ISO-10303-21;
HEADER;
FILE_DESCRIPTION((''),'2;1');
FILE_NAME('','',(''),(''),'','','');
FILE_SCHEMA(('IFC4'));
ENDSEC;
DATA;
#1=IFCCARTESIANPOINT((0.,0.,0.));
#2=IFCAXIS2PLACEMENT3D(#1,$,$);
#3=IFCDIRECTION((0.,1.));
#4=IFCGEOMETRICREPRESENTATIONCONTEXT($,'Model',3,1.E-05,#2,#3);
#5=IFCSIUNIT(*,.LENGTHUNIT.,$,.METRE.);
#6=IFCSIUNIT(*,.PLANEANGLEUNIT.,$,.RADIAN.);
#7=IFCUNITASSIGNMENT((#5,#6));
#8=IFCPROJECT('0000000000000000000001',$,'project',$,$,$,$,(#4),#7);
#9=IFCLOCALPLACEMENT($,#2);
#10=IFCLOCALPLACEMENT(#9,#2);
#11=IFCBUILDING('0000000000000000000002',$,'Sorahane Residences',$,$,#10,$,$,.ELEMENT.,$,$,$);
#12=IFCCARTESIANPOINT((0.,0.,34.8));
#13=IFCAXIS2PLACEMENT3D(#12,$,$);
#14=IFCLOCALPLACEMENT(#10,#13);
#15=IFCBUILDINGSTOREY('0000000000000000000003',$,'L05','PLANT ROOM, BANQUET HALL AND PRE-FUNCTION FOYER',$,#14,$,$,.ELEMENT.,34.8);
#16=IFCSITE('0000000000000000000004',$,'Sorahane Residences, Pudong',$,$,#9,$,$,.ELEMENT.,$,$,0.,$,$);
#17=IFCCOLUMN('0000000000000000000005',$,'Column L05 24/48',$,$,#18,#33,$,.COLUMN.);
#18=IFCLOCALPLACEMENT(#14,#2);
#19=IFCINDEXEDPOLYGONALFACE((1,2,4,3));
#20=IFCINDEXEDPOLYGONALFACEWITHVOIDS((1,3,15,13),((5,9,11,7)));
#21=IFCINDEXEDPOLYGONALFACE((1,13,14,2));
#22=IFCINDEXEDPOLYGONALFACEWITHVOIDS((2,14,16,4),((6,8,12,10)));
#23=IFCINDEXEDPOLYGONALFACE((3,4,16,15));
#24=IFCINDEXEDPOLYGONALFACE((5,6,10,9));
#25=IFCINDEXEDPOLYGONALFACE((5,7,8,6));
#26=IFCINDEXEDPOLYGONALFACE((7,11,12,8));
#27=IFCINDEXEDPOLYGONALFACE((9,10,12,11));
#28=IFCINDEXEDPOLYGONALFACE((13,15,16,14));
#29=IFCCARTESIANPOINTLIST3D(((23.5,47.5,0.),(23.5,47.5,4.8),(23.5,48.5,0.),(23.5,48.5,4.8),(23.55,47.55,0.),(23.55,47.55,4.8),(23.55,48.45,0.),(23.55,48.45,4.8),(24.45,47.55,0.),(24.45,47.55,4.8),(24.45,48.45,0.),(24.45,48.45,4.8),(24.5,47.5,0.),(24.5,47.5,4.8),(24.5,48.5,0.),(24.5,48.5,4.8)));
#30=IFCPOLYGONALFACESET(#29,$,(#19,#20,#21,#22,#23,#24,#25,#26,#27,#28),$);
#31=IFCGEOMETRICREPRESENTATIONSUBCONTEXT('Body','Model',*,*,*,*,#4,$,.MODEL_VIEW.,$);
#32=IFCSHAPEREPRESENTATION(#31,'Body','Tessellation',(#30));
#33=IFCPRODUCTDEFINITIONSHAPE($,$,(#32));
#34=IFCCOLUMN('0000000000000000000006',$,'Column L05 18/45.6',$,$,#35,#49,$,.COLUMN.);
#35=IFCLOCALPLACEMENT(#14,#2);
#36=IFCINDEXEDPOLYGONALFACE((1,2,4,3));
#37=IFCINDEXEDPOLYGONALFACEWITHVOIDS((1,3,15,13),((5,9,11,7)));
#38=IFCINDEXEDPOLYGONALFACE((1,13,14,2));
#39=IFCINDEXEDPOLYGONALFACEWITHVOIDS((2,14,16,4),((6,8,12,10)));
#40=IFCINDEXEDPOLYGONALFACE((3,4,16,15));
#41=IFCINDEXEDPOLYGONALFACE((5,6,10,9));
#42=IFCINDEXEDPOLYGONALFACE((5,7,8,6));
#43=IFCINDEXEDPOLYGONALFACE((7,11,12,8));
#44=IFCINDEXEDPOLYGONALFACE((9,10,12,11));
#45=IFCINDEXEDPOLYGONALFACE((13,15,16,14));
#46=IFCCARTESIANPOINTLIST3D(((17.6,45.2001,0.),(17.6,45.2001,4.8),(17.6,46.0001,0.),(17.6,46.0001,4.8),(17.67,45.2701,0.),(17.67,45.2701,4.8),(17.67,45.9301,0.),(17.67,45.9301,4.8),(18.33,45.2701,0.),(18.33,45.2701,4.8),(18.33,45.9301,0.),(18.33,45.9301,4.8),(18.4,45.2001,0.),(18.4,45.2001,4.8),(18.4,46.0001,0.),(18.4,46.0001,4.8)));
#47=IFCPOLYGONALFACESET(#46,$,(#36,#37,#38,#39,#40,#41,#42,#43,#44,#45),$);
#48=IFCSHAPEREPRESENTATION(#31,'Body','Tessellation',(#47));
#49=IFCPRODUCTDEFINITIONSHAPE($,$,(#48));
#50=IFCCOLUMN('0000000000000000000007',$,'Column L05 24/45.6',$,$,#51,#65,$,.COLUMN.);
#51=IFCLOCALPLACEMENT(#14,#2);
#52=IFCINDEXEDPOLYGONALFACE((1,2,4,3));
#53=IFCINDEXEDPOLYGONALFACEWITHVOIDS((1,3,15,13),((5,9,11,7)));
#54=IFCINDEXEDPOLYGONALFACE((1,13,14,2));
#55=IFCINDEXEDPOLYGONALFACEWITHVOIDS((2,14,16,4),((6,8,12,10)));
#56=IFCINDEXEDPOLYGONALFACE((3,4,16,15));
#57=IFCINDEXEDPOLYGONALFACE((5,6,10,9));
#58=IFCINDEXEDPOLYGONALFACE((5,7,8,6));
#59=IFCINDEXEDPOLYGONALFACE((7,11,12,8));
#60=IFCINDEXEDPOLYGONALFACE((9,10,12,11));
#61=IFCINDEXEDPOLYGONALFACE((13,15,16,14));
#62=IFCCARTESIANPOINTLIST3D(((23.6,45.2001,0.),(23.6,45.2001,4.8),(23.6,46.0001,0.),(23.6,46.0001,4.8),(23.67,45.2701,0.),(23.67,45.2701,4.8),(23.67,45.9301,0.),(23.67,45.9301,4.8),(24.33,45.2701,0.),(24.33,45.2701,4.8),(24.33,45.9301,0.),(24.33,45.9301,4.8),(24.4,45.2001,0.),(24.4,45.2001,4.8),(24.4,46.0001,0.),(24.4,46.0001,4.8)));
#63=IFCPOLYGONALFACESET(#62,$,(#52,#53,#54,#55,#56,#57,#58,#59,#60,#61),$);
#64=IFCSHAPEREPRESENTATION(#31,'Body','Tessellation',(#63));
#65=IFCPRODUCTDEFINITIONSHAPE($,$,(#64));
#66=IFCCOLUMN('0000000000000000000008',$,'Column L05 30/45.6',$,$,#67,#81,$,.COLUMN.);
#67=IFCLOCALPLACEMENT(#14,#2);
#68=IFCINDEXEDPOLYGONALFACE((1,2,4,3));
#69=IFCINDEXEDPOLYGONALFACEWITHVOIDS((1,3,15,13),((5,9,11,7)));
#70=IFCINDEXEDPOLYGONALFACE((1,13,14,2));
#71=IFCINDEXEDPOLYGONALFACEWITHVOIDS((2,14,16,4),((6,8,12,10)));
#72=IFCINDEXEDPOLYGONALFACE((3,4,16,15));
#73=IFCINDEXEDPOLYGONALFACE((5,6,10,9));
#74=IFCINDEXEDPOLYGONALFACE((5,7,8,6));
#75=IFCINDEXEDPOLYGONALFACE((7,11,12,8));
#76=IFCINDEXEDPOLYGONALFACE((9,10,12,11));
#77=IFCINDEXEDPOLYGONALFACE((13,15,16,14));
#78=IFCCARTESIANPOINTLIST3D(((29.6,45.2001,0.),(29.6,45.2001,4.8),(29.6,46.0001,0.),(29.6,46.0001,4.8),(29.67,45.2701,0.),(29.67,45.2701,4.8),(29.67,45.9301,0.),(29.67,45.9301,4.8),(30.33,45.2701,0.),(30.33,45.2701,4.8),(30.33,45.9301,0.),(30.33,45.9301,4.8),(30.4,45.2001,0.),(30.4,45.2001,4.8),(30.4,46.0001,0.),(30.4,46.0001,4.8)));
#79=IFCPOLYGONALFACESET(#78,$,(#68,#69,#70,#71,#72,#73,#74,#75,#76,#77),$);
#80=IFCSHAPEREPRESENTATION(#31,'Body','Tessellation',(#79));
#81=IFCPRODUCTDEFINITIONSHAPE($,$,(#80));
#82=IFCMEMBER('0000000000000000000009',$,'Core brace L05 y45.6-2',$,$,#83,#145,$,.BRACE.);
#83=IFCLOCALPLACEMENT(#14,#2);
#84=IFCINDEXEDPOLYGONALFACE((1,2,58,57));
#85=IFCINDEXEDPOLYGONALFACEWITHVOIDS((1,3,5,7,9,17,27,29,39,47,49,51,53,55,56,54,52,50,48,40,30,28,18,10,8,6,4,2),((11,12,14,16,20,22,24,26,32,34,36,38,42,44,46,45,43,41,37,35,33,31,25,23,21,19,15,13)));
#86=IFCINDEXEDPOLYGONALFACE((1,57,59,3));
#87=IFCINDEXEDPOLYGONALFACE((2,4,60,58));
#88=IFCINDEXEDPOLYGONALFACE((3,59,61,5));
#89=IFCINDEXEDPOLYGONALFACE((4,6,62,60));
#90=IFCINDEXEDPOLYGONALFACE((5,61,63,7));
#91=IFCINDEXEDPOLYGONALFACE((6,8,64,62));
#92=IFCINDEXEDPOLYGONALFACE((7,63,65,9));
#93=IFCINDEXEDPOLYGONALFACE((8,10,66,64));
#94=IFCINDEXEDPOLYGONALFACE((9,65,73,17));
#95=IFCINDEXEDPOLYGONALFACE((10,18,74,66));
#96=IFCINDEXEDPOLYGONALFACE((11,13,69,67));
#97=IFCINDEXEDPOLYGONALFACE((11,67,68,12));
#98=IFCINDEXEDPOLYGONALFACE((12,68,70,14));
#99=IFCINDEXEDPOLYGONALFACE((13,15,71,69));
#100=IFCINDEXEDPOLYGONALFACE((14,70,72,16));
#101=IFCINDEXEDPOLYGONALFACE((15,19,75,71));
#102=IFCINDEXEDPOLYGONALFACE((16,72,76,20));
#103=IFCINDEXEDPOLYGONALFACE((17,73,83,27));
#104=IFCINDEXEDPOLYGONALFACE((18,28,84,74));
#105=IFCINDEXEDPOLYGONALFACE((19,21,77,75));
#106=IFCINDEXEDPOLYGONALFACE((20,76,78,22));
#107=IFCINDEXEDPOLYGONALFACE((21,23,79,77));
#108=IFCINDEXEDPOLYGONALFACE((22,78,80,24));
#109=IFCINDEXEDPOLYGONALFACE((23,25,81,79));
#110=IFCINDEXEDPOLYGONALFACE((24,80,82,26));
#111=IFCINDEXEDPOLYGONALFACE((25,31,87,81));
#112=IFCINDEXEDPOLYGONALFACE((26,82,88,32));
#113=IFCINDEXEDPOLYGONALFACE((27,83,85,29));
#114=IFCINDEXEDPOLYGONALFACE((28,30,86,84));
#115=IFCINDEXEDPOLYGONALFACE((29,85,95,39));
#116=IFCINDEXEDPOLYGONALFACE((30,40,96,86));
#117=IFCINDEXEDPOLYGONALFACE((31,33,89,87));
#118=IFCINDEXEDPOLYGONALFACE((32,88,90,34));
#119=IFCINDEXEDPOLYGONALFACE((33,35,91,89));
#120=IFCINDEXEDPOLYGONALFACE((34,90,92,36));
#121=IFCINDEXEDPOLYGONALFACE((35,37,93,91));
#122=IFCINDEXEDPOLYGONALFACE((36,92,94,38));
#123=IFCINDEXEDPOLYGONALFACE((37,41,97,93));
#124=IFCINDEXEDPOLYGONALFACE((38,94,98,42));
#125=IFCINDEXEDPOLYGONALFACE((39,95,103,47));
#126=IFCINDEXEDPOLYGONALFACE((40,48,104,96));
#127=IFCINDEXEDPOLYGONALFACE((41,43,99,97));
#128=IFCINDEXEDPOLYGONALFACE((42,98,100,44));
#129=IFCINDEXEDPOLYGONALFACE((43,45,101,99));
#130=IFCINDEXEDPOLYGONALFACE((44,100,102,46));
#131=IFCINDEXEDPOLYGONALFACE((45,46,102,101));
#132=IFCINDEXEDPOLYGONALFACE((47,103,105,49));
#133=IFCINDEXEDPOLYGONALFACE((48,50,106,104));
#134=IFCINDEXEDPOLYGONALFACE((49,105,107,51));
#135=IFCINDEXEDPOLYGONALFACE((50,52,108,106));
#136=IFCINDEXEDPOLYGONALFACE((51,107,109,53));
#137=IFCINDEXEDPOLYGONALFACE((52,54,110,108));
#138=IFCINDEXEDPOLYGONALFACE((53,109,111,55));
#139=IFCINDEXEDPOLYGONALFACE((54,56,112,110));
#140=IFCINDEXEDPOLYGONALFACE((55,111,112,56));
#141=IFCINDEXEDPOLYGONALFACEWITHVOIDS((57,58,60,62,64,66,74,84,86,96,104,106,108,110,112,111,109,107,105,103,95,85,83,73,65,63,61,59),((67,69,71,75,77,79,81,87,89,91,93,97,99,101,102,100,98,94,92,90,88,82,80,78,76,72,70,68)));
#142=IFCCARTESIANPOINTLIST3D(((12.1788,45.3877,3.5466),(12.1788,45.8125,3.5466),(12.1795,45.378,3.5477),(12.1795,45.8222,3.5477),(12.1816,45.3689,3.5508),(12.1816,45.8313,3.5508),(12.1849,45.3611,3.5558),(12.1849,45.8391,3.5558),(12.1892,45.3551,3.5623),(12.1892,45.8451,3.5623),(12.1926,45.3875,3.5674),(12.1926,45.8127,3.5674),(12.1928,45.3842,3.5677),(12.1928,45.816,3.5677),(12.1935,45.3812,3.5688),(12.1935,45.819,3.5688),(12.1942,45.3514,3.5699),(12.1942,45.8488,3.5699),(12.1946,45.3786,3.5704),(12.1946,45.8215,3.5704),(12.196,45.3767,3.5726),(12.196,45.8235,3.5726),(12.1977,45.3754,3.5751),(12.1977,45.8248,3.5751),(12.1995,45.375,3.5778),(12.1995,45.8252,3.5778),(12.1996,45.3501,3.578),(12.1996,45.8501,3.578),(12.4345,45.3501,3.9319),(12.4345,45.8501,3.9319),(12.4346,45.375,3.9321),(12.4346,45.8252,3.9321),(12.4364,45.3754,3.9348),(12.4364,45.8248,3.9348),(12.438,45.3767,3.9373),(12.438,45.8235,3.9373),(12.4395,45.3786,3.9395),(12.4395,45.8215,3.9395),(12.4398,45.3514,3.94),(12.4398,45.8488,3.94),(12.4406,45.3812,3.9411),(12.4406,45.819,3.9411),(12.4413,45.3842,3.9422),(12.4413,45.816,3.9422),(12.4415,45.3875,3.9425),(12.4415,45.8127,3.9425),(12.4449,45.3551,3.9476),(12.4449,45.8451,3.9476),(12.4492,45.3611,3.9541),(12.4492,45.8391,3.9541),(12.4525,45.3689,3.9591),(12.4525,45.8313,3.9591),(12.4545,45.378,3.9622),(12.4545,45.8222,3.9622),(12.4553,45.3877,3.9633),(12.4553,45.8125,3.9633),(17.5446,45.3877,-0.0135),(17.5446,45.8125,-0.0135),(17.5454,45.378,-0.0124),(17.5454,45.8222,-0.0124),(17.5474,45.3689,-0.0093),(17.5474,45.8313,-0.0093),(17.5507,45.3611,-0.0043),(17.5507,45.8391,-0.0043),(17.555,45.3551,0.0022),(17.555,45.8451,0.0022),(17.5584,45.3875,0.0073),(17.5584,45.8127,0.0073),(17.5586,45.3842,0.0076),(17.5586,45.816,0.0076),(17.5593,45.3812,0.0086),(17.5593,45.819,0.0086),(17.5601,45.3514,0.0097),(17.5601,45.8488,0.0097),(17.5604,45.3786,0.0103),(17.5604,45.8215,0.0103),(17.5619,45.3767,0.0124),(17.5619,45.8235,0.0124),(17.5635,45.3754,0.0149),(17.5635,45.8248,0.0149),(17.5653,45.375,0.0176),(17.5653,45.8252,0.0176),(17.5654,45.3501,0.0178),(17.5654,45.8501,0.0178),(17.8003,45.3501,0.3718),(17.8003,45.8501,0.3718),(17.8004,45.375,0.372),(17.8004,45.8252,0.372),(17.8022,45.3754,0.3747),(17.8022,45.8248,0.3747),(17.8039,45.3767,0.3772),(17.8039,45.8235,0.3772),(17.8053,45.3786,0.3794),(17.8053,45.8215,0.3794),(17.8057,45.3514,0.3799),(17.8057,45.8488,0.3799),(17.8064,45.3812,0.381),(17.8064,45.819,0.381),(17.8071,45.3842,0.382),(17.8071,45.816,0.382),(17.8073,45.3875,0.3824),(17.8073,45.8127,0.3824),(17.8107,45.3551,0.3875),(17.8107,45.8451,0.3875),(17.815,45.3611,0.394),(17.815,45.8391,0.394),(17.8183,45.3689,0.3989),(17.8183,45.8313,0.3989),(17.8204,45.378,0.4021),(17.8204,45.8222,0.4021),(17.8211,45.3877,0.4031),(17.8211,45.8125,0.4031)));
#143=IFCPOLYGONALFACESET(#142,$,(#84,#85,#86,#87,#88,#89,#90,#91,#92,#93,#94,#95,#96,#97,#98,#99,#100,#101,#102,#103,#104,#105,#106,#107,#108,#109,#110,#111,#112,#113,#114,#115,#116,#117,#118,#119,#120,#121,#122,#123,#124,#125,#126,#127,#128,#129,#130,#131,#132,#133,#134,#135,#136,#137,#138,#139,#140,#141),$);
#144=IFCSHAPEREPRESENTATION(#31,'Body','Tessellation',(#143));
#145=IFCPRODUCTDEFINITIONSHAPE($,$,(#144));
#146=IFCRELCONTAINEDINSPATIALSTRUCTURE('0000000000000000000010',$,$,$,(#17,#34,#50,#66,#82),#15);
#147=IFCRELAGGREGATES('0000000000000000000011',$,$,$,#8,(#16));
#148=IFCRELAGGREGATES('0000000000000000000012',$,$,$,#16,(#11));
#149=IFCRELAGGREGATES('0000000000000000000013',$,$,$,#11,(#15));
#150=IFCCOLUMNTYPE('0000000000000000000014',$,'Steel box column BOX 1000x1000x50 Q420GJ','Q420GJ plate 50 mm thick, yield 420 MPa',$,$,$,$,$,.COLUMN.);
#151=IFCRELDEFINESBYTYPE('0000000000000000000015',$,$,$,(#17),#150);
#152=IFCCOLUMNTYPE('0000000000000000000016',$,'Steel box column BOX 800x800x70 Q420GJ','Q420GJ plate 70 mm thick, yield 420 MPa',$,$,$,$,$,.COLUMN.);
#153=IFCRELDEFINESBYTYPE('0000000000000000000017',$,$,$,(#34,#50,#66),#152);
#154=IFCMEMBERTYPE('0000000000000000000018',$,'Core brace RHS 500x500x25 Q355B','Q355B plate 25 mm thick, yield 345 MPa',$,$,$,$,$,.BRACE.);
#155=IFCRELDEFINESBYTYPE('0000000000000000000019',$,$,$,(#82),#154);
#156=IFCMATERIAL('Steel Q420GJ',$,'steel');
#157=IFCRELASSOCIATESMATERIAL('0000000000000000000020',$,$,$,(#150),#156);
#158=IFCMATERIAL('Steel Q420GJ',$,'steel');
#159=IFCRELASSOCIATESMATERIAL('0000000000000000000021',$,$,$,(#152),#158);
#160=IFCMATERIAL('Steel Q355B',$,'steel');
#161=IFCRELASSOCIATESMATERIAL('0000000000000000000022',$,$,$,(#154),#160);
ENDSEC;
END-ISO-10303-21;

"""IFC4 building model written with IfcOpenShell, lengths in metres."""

from ifc_helpers import new_model, si_unit, direction, frame, origin, origin_2d, place, context, subcontext, project, spatial, hollow_rectangle, extrude, material, material_profile, profile_set, type_object, element, save


model = new_model("IFC4")

# Units and contexts
model_context = context("Model", 3, precision=1e-05, world=origin(), true_north=direction((0.0, 1.0)))
body_context = subcontext(model_context, "Body", "Model", "MODEL_VIEW")
ifc_project = project(units=[si_unit("LENGTHUNIT", "METRE"), si_unit("PLANEANGLEUNIT", "RADIAN")], contexts=[model_context])

# Site, building, storey
site_placement = place(None, origin())
site = spatial("IfcSite", under=ifc_project, at=site_placement, Name="Sorahane Residences, Pudong", CompositionType="ELEMENT", RefElevation=0.0)
building_placement = place(site_placement, origin())
building = spatial("IfcBuilding", under=site, at=building_placement, Name="Sorahane Residences", CompositionType="ELEMENT")
storey_placement = place(building_placement, frame((0.0, 0.0, 34.8)))
storey = spatial("IfcBuildingStorey", under=building, at=storey_placement, Name="L05", Description="PLANT ROOM, BANQUET HALL AND PRE-FUNCTION FOYER", CompositionType="ELEMENT", Elevation=34.8)

# Columns
ifc_material_1 = material(Name="Steel Q420GJ", Category="steel")
ifc_material_profile_1 = material_profile(ifc_material_1, hollow_rectangle(XDim=1.0, YDim=1.0, WallThickness=0.05, at=origin_2d()), Name="BOX 1000x1000x50")
ifc_profile_set_1 = profile_set([ifc_material_profile_1], Name="Steel Q420GJ")
column_type_1 = type_object("IfcColumnType", Name="Steel box column BOX 1000x1000x50 Q420GJ", Description="Q420GJ plate 50 mm thick, yield 420 MPa", PredefinedType="COLUMN", material=ifc_profile_set_1)
column_placement = place(storey_placement, frame((24.0, 48.0, 0.0), z_axis=(0.0, 0.0, 1.0), x_axis=(1.0, 0.0, 0.0)))
element("IfcColumn", 1, at=column_placement, inside=storey, type_object=column_type_1, Name="Column L05 24/48", PredefinedType="COLUMN", context=body_context, shape_type="SweptSolid", body=[
    extrude(hollow_rectangle(XDim=1.0, YDim=1.0, WallThickness=0.05, at=origin_2d()), origin(), (0.0, 0.0, 1.0), 4.8),
])
ifc_material_2 = material(Name="Steel Q420GJ", Category="steel")
ifc_material_profile_2 = material_profile(ifc_material_2, hollow_rectangle(XDim=0.8, YDim=0.8, WallThickness=0.0701, at=origin_2d()), Name="BOX 800x800x70")
ifc_profile_set_2 = profile_set([ifc_material_profile_2], Name="Steel Q420GJ")
column_type_2 = type_object("IfcColumnType", Name="Steel box column BOX 800x800x70 Q420GJ", Description="Q420GJ plate 70 mm thick, yield 420 MPa", PredefinedType="COLUMN", material=ifc_profile_set_2)
for number, where, z_axis, x_axis, name in (
    (2, (18.0, 45.6001, 0.0), (0.0, 0.0, 1.0), (1.0, 0.0, 0.0), "Column L05 18/45.6"),
    (3, (24.0, 45.6001, 0.0), (0.0, 0.0, 1.0), (1.0, 0.0, 0.0), "Column L05 24/45.6"),
    (4, (30.0, 45.6001, 0.0), (0.0, 0.0, 1.0), (1.0, 0.0, 0.0), "Column L05 30/45.6"),
):
    element("IfcColumn", number, at=place(storey_placement, frame(where, z_axis=z_axis, x_axis=x_axis)), inside=storey, type_object=column_type_2, Name=name, PredefinedType="COLUMN", context=body_context, shape_type="SweptSolid", body=[
        extrude(hollow_rectangle(XDim=0.8, YDim=0.8, WallThickness=0.0701, at=origin_2d()), origin(), (0.0, 0.0, 1.0), 4.8),
    ])

# Member
ifc_material_3 = material(Name="Steel Q355B", Category="steel")
ifc_material_profile_3 = material_profile(ifc_material_3, hollow_rectangle(XDim=0.5, YDim=0.5, WallThickness=0.0249, InnerFilletRadius=0.0125, OuterFilletRadius=0.0376, at=origin_2d()), Name="RHS 500x500x25")
ifc_profile_set_3 = profile_set([ifc_material_profile_3], Name="Steel Q355B")
member_type_1 = type_object("IfcMemberType", Name="Core brace RHS 500x500x25 Q355B", Description="Q355B plate 25 mm thick, yield 345 MPa", PredefinedType="BRACE", material=ifc_profile_set_3)
for number, where, z_axis, x_axis, name in (
    (5, (17.6829, 45.6001, 0.1948), (-0.833273, 0.0, 0.552861), (0.0, -1.0, 0.0), "Core brace L05 y45.6-2"),
):
    element("IfcMember", number, at=place(storey_placement, frame(where, z_axis=z_axis, x_axis=x_axis)), inside=storey, type_object=member_type_1, Name=name, PredefinedType="BRACE", context=body_context, shape_type="SweptSolid", body=[
        extrude(hollow_rectangle(XDim=0.5, YDim=0.5, WallThickness=0.0249, InnerFilletRadius=0.0125, OuterFilletRadius=0.0376, at=origin_2d()), origin(), (0.0, 0.0, 1.0), 6.4395),
    ])

save(model, "model.ifc")
